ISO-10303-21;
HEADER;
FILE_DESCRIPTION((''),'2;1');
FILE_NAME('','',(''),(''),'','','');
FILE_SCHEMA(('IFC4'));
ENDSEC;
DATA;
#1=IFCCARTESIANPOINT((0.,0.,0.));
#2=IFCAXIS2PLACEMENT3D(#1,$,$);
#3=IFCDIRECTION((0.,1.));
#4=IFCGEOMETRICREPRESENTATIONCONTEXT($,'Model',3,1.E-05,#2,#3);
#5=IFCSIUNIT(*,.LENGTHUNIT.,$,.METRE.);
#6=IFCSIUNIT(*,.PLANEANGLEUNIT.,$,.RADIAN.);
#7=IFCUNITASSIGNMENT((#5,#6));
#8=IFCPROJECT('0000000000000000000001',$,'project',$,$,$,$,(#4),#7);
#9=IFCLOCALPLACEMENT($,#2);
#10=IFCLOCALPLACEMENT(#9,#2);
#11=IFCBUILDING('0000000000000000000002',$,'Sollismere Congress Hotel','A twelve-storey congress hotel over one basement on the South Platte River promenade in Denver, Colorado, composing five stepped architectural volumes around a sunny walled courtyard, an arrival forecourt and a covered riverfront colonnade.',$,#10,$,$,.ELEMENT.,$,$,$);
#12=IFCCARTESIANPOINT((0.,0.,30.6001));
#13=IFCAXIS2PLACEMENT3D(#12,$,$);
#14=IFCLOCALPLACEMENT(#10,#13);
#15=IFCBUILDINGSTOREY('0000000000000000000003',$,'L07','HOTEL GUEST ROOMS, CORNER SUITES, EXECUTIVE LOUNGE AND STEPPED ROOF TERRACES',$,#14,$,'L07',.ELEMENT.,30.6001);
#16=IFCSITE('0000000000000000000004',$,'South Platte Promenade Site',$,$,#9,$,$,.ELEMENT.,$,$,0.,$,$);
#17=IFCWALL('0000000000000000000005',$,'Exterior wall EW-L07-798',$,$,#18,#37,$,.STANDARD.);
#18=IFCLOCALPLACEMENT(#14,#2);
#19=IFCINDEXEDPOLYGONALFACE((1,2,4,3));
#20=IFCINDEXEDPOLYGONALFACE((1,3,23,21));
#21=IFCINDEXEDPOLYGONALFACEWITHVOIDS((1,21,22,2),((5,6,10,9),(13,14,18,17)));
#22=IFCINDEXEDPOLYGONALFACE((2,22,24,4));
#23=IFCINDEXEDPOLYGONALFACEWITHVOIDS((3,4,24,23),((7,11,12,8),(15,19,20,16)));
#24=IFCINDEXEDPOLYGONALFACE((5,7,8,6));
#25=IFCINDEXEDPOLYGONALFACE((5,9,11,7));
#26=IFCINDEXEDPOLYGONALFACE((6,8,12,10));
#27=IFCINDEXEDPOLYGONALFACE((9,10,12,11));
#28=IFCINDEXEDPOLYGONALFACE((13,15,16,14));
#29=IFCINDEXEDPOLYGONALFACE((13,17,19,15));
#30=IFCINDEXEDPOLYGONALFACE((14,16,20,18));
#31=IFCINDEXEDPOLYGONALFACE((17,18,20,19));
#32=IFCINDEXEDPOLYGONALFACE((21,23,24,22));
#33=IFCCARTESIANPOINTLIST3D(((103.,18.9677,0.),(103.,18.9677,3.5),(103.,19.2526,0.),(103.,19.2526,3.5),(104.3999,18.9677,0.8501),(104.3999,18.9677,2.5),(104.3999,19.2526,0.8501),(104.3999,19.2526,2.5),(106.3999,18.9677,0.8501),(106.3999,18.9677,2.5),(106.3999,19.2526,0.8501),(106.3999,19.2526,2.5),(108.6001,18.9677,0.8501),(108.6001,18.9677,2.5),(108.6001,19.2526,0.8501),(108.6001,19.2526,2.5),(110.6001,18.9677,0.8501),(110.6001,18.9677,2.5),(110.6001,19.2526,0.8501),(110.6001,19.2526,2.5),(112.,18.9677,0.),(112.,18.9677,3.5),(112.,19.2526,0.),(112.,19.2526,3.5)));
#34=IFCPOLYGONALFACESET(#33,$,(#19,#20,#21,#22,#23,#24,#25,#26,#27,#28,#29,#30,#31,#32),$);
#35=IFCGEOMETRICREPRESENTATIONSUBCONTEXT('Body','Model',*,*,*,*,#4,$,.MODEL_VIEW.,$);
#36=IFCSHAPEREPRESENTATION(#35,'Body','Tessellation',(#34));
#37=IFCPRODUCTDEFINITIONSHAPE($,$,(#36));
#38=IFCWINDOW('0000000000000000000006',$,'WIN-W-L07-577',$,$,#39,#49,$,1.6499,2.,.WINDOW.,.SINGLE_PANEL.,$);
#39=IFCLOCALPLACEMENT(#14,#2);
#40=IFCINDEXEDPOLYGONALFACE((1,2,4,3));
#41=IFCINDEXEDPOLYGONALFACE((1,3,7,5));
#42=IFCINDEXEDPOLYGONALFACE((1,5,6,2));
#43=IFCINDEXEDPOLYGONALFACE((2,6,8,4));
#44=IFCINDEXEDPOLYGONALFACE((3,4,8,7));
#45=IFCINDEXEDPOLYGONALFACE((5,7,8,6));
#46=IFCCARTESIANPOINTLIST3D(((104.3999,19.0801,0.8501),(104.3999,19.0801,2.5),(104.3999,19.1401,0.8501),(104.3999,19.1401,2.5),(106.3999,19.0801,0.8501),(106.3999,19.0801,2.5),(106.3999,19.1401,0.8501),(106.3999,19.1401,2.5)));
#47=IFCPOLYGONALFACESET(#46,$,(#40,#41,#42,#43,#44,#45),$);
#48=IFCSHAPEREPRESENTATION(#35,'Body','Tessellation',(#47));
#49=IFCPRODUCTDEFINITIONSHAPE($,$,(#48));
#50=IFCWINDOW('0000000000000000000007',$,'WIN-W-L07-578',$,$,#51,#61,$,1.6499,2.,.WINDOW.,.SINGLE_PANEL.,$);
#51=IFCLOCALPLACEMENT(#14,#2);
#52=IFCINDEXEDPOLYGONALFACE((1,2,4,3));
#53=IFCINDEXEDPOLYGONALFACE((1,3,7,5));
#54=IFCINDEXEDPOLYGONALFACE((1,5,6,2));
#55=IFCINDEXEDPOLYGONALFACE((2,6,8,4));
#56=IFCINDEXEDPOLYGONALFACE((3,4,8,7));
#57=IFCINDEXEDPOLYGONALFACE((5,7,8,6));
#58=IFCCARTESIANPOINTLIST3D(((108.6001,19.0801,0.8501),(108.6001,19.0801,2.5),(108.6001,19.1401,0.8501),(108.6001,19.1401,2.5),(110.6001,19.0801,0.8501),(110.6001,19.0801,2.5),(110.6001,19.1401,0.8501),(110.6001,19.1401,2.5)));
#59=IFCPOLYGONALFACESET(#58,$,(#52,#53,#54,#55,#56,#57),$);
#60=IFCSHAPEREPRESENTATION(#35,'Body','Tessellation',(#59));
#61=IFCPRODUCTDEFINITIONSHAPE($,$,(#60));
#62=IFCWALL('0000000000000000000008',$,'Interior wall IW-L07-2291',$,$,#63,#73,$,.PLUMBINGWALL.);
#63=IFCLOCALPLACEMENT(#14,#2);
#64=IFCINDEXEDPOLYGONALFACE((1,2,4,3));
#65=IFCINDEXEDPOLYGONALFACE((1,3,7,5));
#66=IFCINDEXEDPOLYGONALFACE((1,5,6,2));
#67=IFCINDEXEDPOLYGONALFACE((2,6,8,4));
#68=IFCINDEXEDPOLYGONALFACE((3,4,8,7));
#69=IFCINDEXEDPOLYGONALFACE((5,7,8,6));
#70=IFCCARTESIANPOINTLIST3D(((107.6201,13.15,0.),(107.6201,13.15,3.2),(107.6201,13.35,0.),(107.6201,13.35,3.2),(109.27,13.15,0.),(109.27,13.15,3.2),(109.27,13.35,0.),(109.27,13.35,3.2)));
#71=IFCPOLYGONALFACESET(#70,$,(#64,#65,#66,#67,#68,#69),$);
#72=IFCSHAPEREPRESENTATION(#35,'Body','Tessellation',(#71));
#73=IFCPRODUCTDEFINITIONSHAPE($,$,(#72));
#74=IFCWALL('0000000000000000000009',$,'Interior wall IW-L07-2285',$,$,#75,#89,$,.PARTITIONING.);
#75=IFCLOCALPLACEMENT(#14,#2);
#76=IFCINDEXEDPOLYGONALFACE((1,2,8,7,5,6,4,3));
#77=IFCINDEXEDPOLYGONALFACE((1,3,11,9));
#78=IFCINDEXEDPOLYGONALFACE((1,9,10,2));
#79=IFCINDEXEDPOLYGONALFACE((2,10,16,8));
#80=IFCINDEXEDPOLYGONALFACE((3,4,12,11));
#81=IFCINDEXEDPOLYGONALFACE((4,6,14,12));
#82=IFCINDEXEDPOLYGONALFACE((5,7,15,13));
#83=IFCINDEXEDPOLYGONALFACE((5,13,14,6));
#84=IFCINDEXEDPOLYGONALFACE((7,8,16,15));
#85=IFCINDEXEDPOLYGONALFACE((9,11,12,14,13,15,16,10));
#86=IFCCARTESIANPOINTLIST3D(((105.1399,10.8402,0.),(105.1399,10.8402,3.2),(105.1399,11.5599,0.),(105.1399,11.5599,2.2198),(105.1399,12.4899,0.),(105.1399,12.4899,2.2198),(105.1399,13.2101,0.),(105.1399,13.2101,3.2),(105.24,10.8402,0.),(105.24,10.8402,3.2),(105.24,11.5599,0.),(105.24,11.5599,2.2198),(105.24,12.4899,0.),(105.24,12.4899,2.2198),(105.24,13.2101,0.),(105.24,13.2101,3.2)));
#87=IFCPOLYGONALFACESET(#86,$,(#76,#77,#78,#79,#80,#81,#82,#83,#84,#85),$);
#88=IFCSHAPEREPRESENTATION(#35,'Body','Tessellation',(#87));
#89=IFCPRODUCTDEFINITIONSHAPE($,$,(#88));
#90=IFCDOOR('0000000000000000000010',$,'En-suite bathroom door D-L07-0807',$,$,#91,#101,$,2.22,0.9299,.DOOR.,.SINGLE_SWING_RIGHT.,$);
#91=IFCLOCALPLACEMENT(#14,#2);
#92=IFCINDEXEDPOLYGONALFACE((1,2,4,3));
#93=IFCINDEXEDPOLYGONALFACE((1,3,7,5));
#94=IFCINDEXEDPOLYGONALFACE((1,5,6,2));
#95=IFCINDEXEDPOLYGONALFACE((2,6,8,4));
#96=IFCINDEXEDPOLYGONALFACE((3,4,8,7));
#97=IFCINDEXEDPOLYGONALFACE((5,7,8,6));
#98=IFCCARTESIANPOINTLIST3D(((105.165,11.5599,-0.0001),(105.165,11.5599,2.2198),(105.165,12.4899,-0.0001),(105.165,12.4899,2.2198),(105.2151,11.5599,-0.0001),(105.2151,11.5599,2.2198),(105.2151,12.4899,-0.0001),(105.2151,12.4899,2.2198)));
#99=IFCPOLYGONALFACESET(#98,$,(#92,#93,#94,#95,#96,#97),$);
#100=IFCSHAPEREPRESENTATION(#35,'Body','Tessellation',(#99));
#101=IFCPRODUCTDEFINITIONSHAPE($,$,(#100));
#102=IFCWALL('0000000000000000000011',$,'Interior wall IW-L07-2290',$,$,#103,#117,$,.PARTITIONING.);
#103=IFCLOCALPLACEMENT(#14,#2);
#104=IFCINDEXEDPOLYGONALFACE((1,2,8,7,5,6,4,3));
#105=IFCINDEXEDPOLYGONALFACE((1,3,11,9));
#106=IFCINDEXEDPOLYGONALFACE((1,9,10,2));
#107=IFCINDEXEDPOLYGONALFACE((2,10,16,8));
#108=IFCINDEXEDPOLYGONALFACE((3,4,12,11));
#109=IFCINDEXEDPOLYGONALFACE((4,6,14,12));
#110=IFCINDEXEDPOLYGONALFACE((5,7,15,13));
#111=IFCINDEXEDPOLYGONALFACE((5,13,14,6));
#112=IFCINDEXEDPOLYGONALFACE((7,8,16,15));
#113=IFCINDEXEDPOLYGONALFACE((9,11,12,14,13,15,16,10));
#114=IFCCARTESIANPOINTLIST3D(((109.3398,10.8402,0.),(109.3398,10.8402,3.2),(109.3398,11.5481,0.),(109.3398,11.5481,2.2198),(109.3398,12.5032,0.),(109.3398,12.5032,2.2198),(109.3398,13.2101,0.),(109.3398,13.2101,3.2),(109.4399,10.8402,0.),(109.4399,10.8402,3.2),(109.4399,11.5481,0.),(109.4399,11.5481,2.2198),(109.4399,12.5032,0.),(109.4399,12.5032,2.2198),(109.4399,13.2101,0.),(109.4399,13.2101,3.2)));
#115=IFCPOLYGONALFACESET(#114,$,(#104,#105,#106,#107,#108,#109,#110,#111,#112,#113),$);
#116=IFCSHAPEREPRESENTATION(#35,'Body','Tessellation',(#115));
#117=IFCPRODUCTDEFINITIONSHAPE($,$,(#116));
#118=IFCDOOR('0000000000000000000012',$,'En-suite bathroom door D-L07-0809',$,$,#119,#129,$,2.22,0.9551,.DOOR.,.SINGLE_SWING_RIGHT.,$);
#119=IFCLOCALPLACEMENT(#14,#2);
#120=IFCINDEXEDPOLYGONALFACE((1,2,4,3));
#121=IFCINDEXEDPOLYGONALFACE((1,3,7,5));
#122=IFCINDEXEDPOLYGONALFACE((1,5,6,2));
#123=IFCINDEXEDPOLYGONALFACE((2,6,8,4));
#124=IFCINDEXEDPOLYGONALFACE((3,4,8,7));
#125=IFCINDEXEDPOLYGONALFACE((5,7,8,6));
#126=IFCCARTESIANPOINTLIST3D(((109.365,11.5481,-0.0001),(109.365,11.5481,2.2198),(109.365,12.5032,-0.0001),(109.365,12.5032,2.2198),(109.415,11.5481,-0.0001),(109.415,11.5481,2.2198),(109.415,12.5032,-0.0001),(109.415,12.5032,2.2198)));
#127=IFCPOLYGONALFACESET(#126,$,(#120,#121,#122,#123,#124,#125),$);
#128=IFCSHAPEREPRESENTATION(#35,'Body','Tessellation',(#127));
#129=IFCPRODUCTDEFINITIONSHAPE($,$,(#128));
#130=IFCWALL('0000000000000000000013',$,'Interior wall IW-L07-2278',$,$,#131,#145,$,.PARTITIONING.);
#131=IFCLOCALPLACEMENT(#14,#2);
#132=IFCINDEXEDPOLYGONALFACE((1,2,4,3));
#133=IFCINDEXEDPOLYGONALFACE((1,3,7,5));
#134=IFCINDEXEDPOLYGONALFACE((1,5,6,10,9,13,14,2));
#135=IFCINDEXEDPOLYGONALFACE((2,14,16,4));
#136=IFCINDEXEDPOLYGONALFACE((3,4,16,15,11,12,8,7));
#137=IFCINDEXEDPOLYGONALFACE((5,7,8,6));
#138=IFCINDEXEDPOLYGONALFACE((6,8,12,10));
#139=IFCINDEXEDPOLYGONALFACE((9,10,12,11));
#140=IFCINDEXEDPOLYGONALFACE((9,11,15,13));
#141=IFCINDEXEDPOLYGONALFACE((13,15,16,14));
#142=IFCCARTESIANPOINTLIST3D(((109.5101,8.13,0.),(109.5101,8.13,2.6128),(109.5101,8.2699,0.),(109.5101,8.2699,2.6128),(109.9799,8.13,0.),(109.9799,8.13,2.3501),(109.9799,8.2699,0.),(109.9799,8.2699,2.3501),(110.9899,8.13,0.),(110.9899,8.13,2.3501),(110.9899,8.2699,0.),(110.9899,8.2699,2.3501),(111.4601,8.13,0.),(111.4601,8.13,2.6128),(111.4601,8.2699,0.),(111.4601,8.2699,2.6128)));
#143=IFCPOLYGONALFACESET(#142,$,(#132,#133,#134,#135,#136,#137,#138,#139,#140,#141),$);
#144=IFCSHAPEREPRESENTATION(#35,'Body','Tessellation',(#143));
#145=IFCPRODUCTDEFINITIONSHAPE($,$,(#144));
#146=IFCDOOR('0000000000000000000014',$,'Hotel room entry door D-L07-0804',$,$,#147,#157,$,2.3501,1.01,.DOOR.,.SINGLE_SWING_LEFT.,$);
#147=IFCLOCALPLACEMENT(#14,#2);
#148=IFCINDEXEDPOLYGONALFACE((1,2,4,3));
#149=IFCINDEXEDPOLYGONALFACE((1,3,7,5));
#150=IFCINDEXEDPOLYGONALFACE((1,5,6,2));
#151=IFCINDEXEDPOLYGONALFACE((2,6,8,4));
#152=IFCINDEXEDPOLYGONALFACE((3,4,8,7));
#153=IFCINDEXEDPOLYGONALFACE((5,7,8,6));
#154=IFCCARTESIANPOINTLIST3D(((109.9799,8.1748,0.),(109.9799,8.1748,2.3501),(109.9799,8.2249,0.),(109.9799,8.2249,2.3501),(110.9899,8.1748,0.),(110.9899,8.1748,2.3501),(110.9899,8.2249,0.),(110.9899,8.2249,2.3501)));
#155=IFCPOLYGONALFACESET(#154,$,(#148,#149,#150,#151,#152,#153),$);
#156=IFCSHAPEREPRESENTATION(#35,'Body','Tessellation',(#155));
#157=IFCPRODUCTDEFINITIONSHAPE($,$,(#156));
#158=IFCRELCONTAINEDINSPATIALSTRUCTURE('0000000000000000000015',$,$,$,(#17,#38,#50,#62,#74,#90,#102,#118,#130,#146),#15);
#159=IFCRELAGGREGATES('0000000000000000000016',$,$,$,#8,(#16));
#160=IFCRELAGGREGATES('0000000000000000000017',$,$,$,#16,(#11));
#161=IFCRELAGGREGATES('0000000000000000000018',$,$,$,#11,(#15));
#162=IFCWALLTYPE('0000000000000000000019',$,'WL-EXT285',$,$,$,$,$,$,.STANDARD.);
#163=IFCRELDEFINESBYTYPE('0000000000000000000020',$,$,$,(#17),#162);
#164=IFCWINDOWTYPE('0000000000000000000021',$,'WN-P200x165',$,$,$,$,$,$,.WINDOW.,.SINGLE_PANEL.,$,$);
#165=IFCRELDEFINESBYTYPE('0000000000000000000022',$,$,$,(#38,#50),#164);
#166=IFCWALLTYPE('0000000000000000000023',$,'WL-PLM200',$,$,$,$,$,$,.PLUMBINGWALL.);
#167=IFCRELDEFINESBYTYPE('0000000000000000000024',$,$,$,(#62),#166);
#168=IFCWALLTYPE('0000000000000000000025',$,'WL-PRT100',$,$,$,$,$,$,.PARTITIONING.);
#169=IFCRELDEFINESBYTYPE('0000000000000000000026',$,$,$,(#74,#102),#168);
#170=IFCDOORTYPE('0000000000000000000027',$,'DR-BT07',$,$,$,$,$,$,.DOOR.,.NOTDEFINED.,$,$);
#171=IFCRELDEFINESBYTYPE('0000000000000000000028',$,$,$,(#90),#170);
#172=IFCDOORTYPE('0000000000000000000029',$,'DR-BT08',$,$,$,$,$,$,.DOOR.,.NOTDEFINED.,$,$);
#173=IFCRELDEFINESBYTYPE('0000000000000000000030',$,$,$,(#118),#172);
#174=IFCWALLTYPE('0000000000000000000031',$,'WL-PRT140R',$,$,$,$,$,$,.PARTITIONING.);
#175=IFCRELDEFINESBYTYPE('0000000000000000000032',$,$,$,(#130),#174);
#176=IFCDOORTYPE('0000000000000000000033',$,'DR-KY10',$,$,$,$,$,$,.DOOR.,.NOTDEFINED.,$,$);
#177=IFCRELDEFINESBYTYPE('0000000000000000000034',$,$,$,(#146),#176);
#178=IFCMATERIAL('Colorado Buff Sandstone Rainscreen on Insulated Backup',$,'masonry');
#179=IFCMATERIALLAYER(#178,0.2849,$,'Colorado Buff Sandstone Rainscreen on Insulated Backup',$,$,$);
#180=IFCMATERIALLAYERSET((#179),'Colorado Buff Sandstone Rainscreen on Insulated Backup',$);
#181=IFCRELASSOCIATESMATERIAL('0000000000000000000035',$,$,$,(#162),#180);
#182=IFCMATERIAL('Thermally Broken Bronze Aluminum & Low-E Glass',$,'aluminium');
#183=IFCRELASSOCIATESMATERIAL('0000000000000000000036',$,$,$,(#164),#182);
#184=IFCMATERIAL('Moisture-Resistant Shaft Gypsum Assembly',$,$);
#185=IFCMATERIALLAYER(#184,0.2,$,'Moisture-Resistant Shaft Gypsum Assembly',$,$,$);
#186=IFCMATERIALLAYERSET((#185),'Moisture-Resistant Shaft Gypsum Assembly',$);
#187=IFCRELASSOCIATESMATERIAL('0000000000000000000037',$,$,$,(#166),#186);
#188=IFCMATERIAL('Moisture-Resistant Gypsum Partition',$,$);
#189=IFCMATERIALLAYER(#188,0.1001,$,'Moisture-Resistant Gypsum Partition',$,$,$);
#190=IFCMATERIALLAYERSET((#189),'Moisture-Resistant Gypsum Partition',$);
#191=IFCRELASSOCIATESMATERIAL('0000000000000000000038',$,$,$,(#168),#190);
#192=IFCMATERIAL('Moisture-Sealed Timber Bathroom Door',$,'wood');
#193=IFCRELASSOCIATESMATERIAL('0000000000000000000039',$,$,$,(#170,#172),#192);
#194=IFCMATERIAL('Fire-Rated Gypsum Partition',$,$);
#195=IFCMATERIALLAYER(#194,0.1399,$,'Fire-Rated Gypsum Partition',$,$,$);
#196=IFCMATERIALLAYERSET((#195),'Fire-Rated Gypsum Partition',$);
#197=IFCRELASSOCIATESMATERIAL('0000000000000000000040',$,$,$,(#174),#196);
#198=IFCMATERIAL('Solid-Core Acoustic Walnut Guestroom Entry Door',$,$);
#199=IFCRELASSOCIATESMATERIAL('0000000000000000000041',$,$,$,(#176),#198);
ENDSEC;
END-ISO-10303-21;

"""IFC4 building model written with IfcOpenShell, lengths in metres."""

from ifc_helpers import new_model, si_unit, direction, frame, frame_2d, origin, place, context, subcontext, project, spatial, rectangle, extrude, material, layer, layer_set, type_object, element, fill, save


model = new_model("IFC4")

# Units and contexts
model_context = context("Model", 3, precision=1e-05, world=origin(), true_north=direction((0.0, 1.0)))
body_context = subcontext(model_context, "Body", "Model", "MODEL_VIEW")
ifc_project = project(units=[si_unit("LENGTHUNIT", "METRE"), si_unit("PLANEANGLEUNIT", "RADIAN")], contexts=[model_context])

# Site, building, storey
site_placement = place(None, origin())
site = spatial("IfcSite", under=ifc_project, at=site_placement, Name="South Platte Promenade Site", CompositionType="ELEMENT", RefElevation=0.0)
building_placement = place(site_placement, origin())
building = spatial("IfcBuilding", under=site, at=building_placement, Name="Sollismere Congress Hotel", Description="A twelve-storey congress hotel over one basement on the South Platte River promenade in Denver, Colorado, composing five stepped architectural volumes around a sunny walled courtyard, an arrival forecourt and a covered riverfront colonnade.", CompositionType="ELEMENT")
storey_placement = place(building_placement, frame((0.0, 0.0, 30.6001)))
storey = spatial("IfcBuildingStorey", under=building, at=storey_placement, Name="L07", Description="HOTEL GUEST ROOMS, CORNER SUITES, EXECUTIVE LOUNGE AND STEPPED ROOF TERRACES", LongName="L07", CompositionType="ELEMENT", Elevation=30.6001)

# Wall, openings, windows
ifc_material_1 = material(Name="Colorado Buff Sandstone Rainscreen on Insulated Backup", Category="masonry")
ifc_layer_1 = layer(ifc_material_1, 0.2849, Name="Colorado Buff Sandstone Rainscreen on Insulated Backup")
ifc_layer_set_1 = layer_set([ifc_layer_1], Name="Colorado Buff Sandstone Rainscreen on Insulated Backup")
wall_type_1 = type_object("IfcWallType", Name="WL-EXT285", PredefinedType="STANDARD", material=ifc_layer_set_1)
wall_1_placement = place(storey_placement, frame((112.0, 19.1101, 0.0), z_axis=(0.0, 0.0, 1.0), x_axis=(-1.0, 0.0, 0.0)))
wall_1 = element("IfcWall", 1, at=wall_1_placement, inside=storey, type_object=wall_type_1, Name="Exterior wall EW-L07-798", PredefinedType="STANDARD", context=body_context, shape_type="SweptSolid", body=[
    extrude(rectangle(XDim=9.0, YDim=0.2849, at=frame_2d((4.5, 0.0))), origin(), (0.0, 0.0, 1.0), 3.5),
])
opening_1_placement = place(wall_1_placement, frame((5.6001, 0.0, 0.8501)))
opening_1 = element("IfcOpeningElement", 2, at=opening_1_placement, cuts=wall_1, PredefinedType="OPENING", context=body_context, shape_type="SweptSolid", body=[
    extrude(rectangle(XDim=2.0, YDim=1.6499, at=frame_2d((1.0, 0.825))), frame((0.0, 0.1523, 0.0), z_axis=(0.0, -1.0, 0.0), x_axis=(1.0, 0.0, 0.0)), (0.0, 0.0, 1.0), 0.3049),
])
opening_2_placement = place(wall_1_placement, frame((1.3999, 0.0, 0.8501)))
opening_2 = element("IfcOpeningElement", 3, at=opening_2_placement, cuts=wall_1, PredefinedType="OPENING", context=body_context, shape_type="SweptSolid", body=[
    extrude(rectangle(XDim=2.0, YDim=1.6499, at=frame_2d((1.0, 0.825))), frame((0.0, 0.1523, 0.0), z_axis=(0.0, -1.0, 0.0), x_axis=(1.0, 0.0, 0.0)), (0.0, 0.0, 1.0), 0.3049),
])
ifc_material_2 = material(Name="Thermally Broken Bronze Aluminum & Low-E Glass", Category="aluminium")
window_type = type_object("IfcWindowType", Name="WN-P200x165", PartitioningType="SINGLE_PANEL", PredefinedType="WINDOW", material=ifc_material_2)
window_1_placement = place(opening_1_placement, origin())
window_1 = element("IfcWindow", 4, at=window_1_placement, inside=storey, type_object=window_type, Name="WIN-W-L07-577", OverallHeight=1.6499, OverallWidth=2.0, PartitioningType="SINGLE_PANEL", PredefinedType="WINDOW", context=body_context, shape_type="SweptSolid", body=[
    extrude(rectangle(XDim=2.0, YDim=1.6499, at=frame_2d((1.0, 0.825))), frame((0.0, 0.03, 0.0), z_axis=(0.0, -1.0, 0.0), x_axis=(1.0, 0.0, 0.0)), (0.0, 0.0, 1.0), 0.0601),
])
fill(opening_1, window_1)
window_2_placement = place(opening_2_placement, origin())
window_2 = element("IfcWindow", 5, at=window_2_placement, inside=storey, type_object=window_type, Name="WIN-W-L07-578", OverallHeight=1.6499, OverallWidth=2.0, PartitioningType="SINGLE_PANEL", PredefinedType="WINDOW", context=body_context, shape_type="SweptSolid", body=[
    extrude(rectangle(XDim=2.0, YDim=1.6499, at=frame_2d((1.0, 0.825))), frame((0.0, 0.03, 0.0), z_axis=(0.0, -1.0, 0.0), x_axis=(1.0, 0.0, 0.0)), (0.0, 0.0, 1.0), 0.0601),
])
fill(opening_2, window_2)

# Wall
ifc_material_3 = material(Name="Moisture-Resistant Shaft Gypsum Assembly")
ifc_layer_2 = layer(ifc_material_3, 0.2, Name="Moisture-Resistant Shaft Gypsum Assembly")
ifc_layer_set_2 = layer_set([ifc_layer_2], Name="Moisture-Resistant Shaft Gypsum Assembly")
wall_type_2 = type_object("IfcWallType", Name="WL-PLM200", PredefinedType="PLUMBINGWALL", material=ifc_layer_set_2)
wall_2_placement = place(storey_placement, frame((107.6201, 13.25, 0.0), z_axis=(0.0, 0.0, 1.0), x_axis=(1.0, 0.0, 0.0)))
element("IfcWall", 6, at=wall_2_placement, inside=storey, type_object=wall_type_2, Name="Interior wall IW-L07-2291", PredefinedType="PLUMBINGWALL", context=body_context, shape_type="SweptSolid", body=[
    extrude(rectangle(XDim=1.6499, YDim=0.2, at=frame_2d((0.825, 0.0))), origin(), (0.0, 0.0, 1.0), 3.2),
])

# Walls, openings, doors
ifc_material_4 = material(Name="Moisture-Resistant Gypsum Partition")
ifc_layer_3 = layer(ifc_material_4, 0.1001, Name="Moisture-Resistant Gypsum Partition")
ifc_layer_set_3 = layer_set([ifc_layer_3], Name="Moisture-Resistant Gypsum Partition")
wall_type_3 = type_object("IfcWallType", Name="WL-PRT100", PredefinedType="PARTITIONING", material=ifc_layer_set_3)
wall_3_placement = place(storey_placement, frame((105.1899, 10.8401, 0.0), z_axis=(0.0, 0.0, 1.0), x_axis=(0.0, 1.0, 0.0)))
wall_3 = element("IfcWall", 7, at=wall_3_placement, inside=storey, type_object=wall_type_3, Name="Interior wall IW-L07-2285", PredefinedType="PARTITIONING", context=body_context, shape_type="SweptSolid", body=[
    extrude(rectangle(XDim=2.3699, YDim=0.1001, at=frame_2d((1.1851, 0.0))), origin(), (0.0, 0.0, 1.0), 3.2),
])
opening_3_placement = place(wall_3_placement, frame((0.72, 0.0, 0.0)))
opening_3 = element("IfcOpeningElement", 8, at=opening_3_placement, cuts=wall_3, PredefinedType="OPENING", context=body_context, shape_type="SweptSolid", body=[
    extrude(rectangle(XDim=0.9299, YDim=2.22, at=frame_2d((0.4648, 1.1099))), frame((0.0, 0.0601, 0.0), z_axis=(0.0, -1.0, 0.0), x_axis=(1.0, 0.0, 0.0)), (0.0, 0.0, 1.0), 0.1201),
])
ifc_material_5 = material(Name="Moisture-Sealed Timber Bathroom Door", Category="wood")
door_type_1 = type_object("IfcDoorType", Name="DR-BT07", OperationType="NOTDEFINED", PredefinedType="DOOR", material=ifc_material_5)
door_1_placement = place(opening_3_placement, origin())
door_1 = element("IfcDoor", 9, at=door_1_placement, inside=storey, type_object=door_type_1, Name="En-suite bathroom door D-L07-0807", OperationType="SINGLE_SWING_RIGHT", OverallHeight=2.22, OverallWidth=0.9299, PredefinedType="DOOR", context=body_context, shape_type="SweptSolid", body=[
    extrude(rectangle(XDim=0.9299, YDim=2.22, at=frame_2d((0.4648, 1.1099))), frame((0.0, 0.0249, 0.0), z_axis=(0.0, -1.0, 0.0), x_axis=(1.0, 0.0, 0.0)), (0.0, 0.0, 1.0), 0.05),
])
fill(opening_3, door_1)
wall_4_placement = place(storey_placement, frame((109.3899, 10.8401, 0.0), z_axis=(0.0, 0.0, 1.0), x_axis=(0.0, 1.0, 0.0)))
wall_4 = element("IfcWall", 10, at=wall_4_placement, inside=storey, type_object=wall_type_3, Name="Interior wall IW-L07-2290", PredefinedType="PARTITIONING", context=body_context, shape_type="SweptSolid", body=[
    extrude(rectangle(XDim=2.3699, YDim=0.1001, at=frame_2d((1.1851, 0.0))), origin(), (0.0, 0.0, 1.0), 3.2),
])
opening_4_placement = place(wall_4_placement, frame((0.708, 0.0, 0.0)))
opening_4 = element("IfcOpeningElement", 11, at=opening_4_placement, cuts=wall_4, PredefinedType="OPENING", context=body_context, shape_type="SweptSolid", body=[
    extrude(rectangle(XDim=0.9551, YDim=2.22, at=frame_2d((0.4775, 1.1099))), frame((0.0, 0.0601, 0.0), z_axis=(0.0, -1.0, 0.0), x_axis=(1.0, 0.0, 0.0)), (0.0, 0.0, 1.0), 0.1201),
])
door_type_2 = type_object("IfcDoorType", Name="DR-BT08", OperationType="NOTDEFINED", PredefinedType="DOOR", material=ifc_material_5)
door_2_placement = place(opening_4_placement, origin())
door_2 = element("IfcDoor", 12, at=door_2_placement, inside=storey, type_object=door_type_2, Name="En-suite bathroom door D-L07-0809", OperationType="SINGLE_SWING_RIGHT", OverallHeight=2.22, OverallWidth=0.9551, PredefinedType="DOOR", context=body_context, shape_type="SweptSolid", body=[
    extrude(rectangle(XDim=0.9551, YDim=2.22, at=frame_2d((0.4775, 1.1099))), frame((0.0, 0.0249, 0.0), z_axis=(0.0, -1.0, 0.0), x_axis=(1.0, 0.0, 0.0)), (0.0, 0.0, 1.0), 0.05),
])
fill(opening_4, door_2)
ifc_material_6 = material(Name="Fire-Rated Gypsum Partition")
ifc_layer_4 = layer(ifc_material_6, 0.1399, Name="Fire-Rated Gypsum Partition")
ifc_layer_set_4 = layer_set([ifc_layer_4], Name="Fire-Rated Gypsum Partition")
wall_type_4 = type_object("IfcWallType", Name="WL-PRT140R", PredefinedType="PARTITIONING", material=ifc_layer_set_4)
wall_5_placement = place(storey_placement, frame((109.51, 8.2, 0.0), z_axis=(0.0, 0.0, 1.0), x_axis=(1.0, 0.0, 0.0)))
wall_5 = element("IfcWall", 13, at=wall_5_placement, inside=storey, type_object=wall_type_4, Name="Interior wall IW-L07-2278", PredefinedType="PARTITIONING", context=body_context, shape_type="SweptSolid", body=[
    extrude(rectangle(XDim=1.95, YDim=0.1399, at=frame_2d((0.9751, 0.0))), origin(), (0.0, 0.0, 1.0), 2.6128),
])
opening_5_placement = place(wall_5_placement, frame((0.47, 0.0, 0.0)))
opening_5 = element("IfcOpeningElement", 14, at=opening_5_placement, cuts=wall_5, PredefinedType="OPENING", context=body_context, shape_type="SweptSolid", body=[
    extrude(rectangle(XDim=1.01, YDim=2.3501, at=frame_2d((0.5049, 1.175))), frame((0.0, 0.0798, 0.0), z_axis=(0.0, -1.0, 0.0), x_axis=(1.0, 0.0, 0.0)), (0.0, 0.0, 1.0), 0.1599),
])
ifc_material_7 = material(Name="Solid-Core Acoustic Walnut Guestroom Entry Door")
door_type_3 = type_object("IfcDoorType", Name="DR-KY10", OperationType="NOTDEFINED", PredefinedType="DOOR", material=ifc_material_7)
door_3_placement = place(opening_5_placement, origin())
door_3 = element("IfcDoor", 15, at=door_3_placement, inside=storey, type_object=door_type_3, Name="Hotel room entry door D-L07-0804", OperationType="SINGLE_SWING_LEFT", OverallHeight=2.3501, OverallWidth=1.01, PredefinedType="DOOR", context=body_context, shape_type="SweptSolid", body=[
    extrude(rectangle(XDim=1.01, YDim=2.3501, at=frame_2d((0.5049, 1.175))), frame((0.0, 0.0249, 0.0), z_axis=(0.0, -1.0, 0.0), x_axis=(1.0, 0.0, 0.0)), (0.0, 0.0, 1.0), 0.05),
])
fill(opening_5, door_3)

save(model, "model.ifc")
